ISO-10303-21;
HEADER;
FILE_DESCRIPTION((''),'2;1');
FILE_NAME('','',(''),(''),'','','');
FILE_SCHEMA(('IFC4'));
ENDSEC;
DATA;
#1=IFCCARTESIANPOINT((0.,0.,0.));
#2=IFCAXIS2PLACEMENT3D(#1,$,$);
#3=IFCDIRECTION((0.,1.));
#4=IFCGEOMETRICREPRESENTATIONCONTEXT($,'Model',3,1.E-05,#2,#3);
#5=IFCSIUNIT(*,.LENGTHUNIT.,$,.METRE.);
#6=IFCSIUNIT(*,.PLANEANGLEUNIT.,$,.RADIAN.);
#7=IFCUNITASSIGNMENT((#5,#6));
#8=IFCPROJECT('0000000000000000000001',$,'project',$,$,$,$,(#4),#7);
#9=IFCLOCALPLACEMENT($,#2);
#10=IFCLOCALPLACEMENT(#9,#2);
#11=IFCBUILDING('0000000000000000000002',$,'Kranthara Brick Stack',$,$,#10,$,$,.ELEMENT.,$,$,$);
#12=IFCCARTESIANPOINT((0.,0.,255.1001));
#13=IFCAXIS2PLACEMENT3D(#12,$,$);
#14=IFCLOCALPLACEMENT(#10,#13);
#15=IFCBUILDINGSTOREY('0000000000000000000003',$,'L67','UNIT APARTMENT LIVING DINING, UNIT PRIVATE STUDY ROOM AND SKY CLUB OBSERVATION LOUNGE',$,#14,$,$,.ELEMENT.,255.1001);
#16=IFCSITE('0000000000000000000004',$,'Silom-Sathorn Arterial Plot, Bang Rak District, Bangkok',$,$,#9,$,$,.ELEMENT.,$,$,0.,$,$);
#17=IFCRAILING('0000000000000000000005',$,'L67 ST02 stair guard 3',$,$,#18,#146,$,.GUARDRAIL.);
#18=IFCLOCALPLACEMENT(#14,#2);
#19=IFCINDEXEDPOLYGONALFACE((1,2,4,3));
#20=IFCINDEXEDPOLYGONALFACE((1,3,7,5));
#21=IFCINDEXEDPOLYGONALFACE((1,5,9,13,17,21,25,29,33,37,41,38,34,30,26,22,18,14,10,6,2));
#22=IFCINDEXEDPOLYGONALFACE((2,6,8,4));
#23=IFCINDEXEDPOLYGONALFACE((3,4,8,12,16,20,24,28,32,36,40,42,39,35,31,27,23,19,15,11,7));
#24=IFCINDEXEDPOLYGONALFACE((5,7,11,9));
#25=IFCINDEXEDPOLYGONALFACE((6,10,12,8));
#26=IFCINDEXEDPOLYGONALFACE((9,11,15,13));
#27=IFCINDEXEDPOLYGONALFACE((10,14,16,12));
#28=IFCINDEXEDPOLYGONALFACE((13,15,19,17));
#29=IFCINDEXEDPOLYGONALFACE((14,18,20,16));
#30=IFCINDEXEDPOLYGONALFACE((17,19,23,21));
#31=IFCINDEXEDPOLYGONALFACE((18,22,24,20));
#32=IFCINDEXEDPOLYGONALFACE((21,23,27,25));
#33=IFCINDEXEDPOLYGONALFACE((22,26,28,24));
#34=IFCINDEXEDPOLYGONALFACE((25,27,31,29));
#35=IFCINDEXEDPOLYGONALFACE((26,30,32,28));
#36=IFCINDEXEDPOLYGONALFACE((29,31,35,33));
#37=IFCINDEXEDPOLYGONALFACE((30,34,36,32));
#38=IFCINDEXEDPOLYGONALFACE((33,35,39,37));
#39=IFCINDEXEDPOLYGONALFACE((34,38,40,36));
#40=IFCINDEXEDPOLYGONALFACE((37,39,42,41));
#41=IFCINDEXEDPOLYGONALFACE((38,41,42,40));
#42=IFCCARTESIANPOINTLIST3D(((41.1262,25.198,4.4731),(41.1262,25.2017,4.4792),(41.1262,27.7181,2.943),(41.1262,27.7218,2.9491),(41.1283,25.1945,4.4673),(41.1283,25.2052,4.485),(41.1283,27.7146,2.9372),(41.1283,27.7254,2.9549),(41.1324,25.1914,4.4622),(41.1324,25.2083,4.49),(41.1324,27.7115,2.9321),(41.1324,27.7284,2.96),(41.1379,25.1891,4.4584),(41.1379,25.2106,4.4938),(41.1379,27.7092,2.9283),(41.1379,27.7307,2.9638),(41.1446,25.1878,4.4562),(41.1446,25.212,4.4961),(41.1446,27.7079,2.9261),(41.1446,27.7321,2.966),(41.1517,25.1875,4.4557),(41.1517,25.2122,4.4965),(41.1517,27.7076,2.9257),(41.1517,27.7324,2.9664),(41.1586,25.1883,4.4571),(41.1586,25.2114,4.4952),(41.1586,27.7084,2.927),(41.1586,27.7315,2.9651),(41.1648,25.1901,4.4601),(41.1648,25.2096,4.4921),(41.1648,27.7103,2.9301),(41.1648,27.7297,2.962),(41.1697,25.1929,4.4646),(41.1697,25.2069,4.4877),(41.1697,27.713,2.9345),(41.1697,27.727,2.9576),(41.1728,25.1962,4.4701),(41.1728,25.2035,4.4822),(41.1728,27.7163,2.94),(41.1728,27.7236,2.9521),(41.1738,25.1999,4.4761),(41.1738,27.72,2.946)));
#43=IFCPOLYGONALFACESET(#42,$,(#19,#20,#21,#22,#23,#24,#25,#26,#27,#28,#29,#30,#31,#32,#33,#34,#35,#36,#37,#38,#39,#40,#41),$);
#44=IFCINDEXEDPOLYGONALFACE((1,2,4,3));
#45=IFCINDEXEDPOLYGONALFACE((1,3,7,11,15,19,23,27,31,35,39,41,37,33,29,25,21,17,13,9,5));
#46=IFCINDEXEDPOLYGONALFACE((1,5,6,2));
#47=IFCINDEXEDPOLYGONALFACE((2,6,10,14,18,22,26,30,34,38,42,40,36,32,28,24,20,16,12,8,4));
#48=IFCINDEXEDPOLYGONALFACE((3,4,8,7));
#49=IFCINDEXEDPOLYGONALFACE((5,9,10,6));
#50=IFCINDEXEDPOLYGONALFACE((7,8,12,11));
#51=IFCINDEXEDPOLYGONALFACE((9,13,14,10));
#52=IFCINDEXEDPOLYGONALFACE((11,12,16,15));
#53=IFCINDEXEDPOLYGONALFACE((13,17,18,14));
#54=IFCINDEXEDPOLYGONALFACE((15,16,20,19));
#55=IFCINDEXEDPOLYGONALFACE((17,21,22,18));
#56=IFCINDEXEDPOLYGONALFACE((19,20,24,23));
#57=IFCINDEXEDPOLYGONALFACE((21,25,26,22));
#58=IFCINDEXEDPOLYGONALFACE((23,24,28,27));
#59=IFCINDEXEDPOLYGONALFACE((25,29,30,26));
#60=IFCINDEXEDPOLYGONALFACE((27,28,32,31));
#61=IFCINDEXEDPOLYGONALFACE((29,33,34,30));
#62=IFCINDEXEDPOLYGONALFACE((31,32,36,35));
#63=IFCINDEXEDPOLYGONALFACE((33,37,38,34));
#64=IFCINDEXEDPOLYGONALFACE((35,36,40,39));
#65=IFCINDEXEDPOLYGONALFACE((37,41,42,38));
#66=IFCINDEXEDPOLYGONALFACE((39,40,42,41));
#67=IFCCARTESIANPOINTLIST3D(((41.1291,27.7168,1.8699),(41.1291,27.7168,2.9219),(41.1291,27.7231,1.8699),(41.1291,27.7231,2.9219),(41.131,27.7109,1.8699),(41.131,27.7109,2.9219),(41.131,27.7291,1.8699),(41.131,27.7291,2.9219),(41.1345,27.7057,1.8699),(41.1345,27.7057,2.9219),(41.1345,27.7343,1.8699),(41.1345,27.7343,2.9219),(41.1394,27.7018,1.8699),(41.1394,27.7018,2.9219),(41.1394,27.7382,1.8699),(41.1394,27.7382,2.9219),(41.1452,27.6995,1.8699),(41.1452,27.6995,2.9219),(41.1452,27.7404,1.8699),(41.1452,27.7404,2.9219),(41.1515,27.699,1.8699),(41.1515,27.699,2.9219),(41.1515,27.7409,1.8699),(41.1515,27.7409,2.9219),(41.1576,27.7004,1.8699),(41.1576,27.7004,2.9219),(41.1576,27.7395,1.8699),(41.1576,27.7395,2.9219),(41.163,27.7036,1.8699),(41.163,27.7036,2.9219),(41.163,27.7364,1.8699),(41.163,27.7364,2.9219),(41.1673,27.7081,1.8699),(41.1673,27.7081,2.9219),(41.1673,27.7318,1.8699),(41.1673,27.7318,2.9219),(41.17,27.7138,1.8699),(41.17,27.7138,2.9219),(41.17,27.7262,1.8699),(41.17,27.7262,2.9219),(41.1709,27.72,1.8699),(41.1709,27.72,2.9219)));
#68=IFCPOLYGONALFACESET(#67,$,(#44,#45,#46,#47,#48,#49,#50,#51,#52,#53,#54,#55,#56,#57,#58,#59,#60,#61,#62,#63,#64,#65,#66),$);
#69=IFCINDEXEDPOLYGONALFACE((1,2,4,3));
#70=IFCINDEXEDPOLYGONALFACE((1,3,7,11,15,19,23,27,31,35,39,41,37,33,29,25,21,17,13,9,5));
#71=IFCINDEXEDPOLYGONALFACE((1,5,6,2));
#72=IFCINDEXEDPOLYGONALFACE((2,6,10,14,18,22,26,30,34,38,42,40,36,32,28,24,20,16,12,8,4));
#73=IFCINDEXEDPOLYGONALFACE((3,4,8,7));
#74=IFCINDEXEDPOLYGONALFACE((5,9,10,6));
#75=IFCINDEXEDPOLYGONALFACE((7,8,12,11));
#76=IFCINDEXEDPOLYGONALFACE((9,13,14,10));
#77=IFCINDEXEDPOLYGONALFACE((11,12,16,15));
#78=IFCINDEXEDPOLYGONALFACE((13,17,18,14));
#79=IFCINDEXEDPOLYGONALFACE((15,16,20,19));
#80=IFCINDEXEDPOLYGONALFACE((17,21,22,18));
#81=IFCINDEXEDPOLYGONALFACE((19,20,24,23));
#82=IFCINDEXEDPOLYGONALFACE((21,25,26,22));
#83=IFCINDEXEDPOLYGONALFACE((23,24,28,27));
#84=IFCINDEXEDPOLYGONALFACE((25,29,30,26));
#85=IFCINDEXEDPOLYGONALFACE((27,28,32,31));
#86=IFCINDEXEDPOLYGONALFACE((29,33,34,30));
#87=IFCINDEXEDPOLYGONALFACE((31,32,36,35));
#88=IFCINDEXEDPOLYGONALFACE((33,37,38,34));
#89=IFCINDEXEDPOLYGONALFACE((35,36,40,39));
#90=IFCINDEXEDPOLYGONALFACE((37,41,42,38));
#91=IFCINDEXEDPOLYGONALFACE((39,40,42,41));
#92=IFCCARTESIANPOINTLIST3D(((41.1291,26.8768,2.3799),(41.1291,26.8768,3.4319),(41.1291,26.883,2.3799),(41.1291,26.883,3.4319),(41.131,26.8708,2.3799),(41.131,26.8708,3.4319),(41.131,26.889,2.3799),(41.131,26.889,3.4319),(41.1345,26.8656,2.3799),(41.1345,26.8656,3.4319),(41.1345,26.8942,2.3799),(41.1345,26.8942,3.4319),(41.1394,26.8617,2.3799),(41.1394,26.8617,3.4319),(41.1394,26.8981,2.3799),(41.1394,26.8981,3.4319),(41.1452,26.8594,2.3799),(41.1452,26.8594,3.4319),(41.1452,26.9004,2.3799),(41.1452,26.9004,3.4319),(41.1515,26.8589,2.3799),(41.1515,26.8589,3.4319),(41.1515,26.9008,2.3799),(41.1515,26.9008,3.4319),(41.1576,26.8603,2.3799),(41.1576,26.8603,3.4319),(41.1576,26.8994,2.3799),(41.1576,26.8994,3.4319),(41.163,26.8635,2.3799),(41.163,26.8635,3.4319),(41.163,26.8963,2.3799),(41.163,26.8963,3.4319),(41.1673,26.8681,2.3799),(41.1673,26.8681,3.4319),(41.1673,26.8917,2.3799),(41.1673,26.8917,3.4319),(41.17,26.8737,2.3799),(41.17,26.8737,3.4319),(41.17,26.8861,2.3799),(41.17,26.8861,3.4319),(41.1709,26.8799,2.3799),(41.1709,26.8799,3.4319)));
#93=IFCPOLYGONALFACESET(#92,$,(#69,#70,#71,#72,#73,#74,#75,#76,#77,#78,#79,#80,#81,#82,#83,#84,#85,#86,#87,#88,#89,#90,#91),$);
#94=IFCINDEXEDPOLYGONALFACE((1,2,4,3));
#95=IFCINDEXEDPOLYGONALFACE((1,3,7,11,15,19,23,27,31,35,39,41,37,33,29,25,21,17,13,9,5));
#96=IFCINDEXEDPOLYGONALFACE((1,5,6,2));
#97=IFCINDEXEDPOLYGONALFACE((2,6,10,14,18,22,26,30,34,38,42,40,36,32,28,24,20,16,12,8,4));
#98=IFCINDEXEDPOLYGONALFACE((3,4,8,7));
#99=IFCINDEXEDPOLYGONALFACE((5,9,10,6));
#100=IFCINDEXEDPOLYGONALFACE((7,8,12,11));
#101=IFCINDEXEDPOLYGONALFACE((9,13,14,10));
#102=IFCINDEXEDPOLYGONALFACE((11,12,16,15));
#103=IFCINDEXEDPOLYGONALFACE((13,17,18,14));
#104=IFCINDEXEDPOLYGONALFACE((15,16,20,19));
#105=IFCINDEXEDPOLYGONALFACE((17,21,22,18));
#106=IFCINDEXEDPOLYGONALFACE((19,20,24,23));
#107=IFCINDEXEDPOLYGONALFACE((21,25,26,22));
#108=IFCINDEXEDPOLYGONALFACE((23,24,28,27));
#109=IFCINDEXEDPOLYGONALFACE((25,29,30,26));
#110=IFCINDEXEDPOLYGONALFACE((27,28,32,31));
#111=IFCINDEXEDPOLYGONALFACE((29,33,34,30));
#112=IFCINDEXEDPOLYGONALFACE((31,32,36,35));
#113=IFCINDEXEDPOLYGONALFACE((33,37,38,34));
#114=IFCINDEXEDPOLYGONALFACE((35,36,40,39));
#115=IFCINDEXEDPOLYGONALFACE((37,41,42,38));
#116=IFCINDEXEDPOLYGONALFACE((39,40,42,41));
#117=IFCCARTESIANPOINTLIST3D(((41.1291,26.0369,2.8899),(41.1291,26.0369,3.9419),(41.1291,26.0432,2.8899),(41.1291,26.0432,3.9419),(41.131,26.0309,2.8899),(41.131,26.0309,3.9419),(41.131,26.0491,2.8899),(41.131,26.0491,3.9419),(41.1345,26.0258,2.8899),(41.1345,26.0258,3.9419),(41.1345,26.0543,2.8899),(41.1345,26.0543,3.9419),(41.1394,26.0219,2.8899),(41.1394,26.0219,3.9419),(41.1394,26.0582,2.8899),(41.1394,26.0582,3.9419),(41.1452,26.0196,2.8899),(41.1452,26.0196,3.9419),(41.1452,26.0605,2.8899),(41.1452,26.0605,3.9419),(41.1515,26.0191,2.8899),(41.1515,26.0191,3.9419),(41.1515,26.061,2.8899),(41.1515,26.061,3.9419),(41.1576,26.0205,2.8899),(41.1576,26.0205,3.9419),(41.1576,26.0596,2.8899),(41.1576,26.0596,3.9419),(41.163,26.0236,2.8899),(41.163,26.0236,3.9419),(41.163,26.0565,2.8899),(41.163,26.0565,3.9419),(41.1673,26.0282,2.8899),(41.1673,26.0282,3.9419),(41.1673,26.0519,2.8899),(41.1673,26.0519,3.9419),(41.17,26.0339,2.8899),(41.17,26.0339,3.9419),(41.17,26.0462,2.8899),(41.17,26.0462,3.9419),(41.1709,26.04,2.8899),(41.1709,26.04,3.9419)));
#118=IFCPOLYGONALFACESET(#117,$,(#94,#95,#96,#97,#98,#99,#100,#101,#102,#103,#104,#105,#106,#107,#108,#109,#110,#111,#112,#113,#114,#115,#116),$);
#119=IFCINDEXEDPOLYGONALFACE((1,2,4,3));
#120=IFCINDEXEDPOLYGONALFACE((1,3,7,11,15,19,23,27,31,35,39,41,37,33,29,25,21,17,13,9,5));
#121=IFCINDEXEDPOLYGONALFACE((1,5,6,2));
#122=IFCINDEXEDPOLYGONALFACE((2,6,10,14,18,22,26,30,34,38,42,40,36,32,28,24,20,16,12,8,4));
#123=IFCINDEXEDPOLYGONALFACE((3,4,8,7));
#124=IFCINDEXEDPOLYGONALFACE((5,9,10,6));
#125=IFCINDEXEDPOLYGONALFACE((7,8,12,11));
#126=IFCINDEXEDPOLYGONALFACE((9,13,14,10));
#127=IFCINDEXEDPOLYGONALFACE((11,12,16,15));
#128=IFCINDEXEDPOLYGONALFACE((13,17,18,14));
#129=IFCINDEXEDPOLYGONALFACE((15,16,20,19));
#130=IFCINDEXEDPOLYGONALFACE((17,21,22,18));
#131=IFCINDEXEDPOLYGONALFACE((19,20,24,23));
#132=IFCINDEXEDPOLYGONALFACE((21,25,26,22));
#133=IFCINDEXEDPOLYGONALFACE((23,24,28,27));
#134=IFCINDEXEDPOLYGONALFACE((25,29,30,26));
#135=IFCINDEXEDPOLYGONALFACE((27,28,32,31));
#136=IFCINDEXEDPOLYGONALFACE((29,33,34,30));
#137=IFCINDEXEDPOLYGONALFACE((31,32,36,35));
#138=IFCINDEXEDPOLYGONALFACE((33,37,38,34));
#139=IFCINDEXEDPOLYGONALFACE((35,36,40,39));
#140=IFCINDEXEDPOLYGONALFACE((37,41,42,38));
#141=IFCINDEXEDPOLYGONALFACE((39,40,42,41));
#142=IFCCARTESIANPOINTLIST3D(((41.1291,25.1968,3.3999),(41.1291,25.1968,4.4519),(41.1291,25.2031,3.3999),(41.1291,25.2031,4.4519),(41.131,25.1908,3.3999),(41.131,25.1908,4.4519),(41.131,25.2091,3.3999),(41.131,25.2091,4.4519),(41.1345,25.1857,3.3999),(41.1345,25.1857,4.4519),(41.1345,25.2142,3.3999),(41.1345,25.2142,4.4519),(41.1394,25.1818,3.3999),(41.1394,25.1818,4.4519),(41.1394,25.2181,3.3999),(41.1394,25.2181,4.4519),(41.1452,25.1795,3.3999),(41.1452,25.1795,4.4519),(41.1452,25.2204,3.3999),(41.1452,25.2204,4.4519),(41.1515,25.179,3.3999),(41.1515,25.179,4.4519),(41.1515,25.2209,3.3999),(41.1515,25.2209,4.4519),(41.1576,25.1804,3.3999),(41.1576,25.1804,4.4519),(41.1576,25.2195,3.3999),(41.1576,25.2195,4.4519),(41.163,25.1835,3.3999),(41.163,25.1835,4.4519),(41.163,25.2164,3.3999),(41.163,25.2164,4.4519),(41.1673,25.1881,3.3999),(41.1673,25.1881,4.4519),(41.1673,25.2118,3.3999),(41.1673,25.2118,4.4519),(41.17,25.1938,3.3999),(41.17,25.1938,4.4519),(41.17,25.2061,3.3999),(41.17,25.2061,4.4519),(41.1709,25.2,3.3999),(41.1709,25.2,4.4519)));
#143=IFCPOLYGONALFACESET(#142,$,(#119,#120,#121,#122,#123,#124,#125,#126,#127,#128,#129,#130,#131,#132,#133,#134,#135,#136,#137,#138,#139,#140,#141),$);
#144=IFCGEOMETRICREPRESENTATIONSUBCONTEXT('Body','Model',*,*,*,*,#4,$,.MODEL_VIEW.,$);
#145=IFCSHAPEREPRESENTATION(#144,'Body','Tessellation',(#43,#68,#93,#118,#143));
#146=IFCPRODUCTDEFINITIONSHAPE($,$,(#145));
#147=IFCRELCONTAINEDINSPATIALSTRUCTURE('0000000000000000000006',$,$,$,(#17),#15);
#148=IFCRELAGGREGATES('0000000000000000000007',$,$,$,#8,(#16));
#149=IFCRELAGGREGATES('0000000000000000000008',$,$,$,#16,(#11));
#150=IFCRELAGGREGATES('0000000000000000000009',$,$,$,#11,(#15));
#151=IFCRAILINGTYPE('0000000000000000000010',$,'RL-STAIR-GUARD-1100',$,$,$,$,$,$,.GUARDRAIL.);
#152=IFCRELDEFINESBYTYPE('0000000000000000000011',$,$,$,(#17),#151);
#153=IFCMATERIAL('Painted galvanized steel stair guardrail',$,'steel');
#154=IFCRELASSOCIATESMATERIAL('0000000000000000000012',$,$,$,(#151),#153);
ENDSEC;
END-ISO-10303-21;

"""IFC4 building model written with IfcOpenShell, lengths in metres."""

from ifc_helpers import new_model, si_unit, direction, frame, origin, origin_2d, place, context, subcontext, project, spatial, circle, extrude, material, type_object, element, save


model = new_model("IFC4")

# Units and contexts
model_context = context("Model", 3, precision=1e-05, world=origin(), true_north=direction((0.0, 1.0)))
body_context = subcontext(model_context, "Body", "Model", "MODEL_VIEW")
ifc_project = project(units=[si_unit("LENGTHUNIT", "METRE"), si_unit("PLANEANGLEUNIT", "RADIAN")], contexts=[model_context])

# Site, building, storey
site_placement = place(None, origin())
site = spatial("IfcSite", under=ifc_project, at=site_placement, Name="Silom-Sathorn Arterial Plot, Bang Rak District, Bangkok", CompositionType="ELEMENT", RefElevation=0.0)
building_placement = place(site_placement, origin())
building = spatial("IfcBuilding", under=site, at=building_placement, Name="Kranthara Brick Stack", CompositionType="ELEMENT")
storey_placement = place(building_placement, frame((0.0, 0.0, 255.1001)))
storey = spatial("IfcBuildingStorey", under=building, at=storey_placement, Name="L67", Description="UNIT APARTMENT LIVING DINING, UNIT PRIVATE STUDY ROOM AND SKY CLUB OBSERVATION LOUNGE", CompositionType="ELEMENT", Elevation=255.1001)

# Railing
ifc_material_1 = material(Name="Painted galvanized steel stair guardrail", Category="steel")
railing_type_1 = type_object("IfcRailingType", Name="RL-STAIR-GUARD-1100", PredefinedType="GUARDRAIL", material=ifc_material_1)
railing_1_placement = place(storey_placement, frame((41.1499, 27.72, 1.8699)))
element("IfcRailing", 1, at=railing_1_placement, inside=storey, type_object=railing_type_1, Name="L67 ST02 stair guard 3", PredefinedType="GUARDRAIL", context=body_context, shape_type="SweptSolid", body=[
    extrude(circle(Radius=0.0239, at=origin_2d()), frame((0.0, 0.0, 1.0762), z_axis=(0.0, -0.854785, 0.518982), x_axis=(1.0, 0.0, 0.0)), (0.0, 0.0, 1.0), 2.9482),
    extrude(circle(Radius=0.021, at=origin_2d()), origin(), (0.0, 0.0, 1.0), 1.052),
    extrude(circle(Radius=0.021, at=origin_2d()), frame((0.0, -0.8401, 0.51)), (0.0, 0.0, 1.0), 1.052),
    extrude(circle(Radius=0.021, at=origin_2d()), frame((0.0, -1.6799, 1.02)), (0.0, 0.0, 1.0), 1.052),
    extrude(circle(Radius=0.021, at=origin_2d()), frame((0.0, -2.52, 1.53)), (0.0, 0.0, 1.0), 1.052),
])

save(model, "model.ifc")
